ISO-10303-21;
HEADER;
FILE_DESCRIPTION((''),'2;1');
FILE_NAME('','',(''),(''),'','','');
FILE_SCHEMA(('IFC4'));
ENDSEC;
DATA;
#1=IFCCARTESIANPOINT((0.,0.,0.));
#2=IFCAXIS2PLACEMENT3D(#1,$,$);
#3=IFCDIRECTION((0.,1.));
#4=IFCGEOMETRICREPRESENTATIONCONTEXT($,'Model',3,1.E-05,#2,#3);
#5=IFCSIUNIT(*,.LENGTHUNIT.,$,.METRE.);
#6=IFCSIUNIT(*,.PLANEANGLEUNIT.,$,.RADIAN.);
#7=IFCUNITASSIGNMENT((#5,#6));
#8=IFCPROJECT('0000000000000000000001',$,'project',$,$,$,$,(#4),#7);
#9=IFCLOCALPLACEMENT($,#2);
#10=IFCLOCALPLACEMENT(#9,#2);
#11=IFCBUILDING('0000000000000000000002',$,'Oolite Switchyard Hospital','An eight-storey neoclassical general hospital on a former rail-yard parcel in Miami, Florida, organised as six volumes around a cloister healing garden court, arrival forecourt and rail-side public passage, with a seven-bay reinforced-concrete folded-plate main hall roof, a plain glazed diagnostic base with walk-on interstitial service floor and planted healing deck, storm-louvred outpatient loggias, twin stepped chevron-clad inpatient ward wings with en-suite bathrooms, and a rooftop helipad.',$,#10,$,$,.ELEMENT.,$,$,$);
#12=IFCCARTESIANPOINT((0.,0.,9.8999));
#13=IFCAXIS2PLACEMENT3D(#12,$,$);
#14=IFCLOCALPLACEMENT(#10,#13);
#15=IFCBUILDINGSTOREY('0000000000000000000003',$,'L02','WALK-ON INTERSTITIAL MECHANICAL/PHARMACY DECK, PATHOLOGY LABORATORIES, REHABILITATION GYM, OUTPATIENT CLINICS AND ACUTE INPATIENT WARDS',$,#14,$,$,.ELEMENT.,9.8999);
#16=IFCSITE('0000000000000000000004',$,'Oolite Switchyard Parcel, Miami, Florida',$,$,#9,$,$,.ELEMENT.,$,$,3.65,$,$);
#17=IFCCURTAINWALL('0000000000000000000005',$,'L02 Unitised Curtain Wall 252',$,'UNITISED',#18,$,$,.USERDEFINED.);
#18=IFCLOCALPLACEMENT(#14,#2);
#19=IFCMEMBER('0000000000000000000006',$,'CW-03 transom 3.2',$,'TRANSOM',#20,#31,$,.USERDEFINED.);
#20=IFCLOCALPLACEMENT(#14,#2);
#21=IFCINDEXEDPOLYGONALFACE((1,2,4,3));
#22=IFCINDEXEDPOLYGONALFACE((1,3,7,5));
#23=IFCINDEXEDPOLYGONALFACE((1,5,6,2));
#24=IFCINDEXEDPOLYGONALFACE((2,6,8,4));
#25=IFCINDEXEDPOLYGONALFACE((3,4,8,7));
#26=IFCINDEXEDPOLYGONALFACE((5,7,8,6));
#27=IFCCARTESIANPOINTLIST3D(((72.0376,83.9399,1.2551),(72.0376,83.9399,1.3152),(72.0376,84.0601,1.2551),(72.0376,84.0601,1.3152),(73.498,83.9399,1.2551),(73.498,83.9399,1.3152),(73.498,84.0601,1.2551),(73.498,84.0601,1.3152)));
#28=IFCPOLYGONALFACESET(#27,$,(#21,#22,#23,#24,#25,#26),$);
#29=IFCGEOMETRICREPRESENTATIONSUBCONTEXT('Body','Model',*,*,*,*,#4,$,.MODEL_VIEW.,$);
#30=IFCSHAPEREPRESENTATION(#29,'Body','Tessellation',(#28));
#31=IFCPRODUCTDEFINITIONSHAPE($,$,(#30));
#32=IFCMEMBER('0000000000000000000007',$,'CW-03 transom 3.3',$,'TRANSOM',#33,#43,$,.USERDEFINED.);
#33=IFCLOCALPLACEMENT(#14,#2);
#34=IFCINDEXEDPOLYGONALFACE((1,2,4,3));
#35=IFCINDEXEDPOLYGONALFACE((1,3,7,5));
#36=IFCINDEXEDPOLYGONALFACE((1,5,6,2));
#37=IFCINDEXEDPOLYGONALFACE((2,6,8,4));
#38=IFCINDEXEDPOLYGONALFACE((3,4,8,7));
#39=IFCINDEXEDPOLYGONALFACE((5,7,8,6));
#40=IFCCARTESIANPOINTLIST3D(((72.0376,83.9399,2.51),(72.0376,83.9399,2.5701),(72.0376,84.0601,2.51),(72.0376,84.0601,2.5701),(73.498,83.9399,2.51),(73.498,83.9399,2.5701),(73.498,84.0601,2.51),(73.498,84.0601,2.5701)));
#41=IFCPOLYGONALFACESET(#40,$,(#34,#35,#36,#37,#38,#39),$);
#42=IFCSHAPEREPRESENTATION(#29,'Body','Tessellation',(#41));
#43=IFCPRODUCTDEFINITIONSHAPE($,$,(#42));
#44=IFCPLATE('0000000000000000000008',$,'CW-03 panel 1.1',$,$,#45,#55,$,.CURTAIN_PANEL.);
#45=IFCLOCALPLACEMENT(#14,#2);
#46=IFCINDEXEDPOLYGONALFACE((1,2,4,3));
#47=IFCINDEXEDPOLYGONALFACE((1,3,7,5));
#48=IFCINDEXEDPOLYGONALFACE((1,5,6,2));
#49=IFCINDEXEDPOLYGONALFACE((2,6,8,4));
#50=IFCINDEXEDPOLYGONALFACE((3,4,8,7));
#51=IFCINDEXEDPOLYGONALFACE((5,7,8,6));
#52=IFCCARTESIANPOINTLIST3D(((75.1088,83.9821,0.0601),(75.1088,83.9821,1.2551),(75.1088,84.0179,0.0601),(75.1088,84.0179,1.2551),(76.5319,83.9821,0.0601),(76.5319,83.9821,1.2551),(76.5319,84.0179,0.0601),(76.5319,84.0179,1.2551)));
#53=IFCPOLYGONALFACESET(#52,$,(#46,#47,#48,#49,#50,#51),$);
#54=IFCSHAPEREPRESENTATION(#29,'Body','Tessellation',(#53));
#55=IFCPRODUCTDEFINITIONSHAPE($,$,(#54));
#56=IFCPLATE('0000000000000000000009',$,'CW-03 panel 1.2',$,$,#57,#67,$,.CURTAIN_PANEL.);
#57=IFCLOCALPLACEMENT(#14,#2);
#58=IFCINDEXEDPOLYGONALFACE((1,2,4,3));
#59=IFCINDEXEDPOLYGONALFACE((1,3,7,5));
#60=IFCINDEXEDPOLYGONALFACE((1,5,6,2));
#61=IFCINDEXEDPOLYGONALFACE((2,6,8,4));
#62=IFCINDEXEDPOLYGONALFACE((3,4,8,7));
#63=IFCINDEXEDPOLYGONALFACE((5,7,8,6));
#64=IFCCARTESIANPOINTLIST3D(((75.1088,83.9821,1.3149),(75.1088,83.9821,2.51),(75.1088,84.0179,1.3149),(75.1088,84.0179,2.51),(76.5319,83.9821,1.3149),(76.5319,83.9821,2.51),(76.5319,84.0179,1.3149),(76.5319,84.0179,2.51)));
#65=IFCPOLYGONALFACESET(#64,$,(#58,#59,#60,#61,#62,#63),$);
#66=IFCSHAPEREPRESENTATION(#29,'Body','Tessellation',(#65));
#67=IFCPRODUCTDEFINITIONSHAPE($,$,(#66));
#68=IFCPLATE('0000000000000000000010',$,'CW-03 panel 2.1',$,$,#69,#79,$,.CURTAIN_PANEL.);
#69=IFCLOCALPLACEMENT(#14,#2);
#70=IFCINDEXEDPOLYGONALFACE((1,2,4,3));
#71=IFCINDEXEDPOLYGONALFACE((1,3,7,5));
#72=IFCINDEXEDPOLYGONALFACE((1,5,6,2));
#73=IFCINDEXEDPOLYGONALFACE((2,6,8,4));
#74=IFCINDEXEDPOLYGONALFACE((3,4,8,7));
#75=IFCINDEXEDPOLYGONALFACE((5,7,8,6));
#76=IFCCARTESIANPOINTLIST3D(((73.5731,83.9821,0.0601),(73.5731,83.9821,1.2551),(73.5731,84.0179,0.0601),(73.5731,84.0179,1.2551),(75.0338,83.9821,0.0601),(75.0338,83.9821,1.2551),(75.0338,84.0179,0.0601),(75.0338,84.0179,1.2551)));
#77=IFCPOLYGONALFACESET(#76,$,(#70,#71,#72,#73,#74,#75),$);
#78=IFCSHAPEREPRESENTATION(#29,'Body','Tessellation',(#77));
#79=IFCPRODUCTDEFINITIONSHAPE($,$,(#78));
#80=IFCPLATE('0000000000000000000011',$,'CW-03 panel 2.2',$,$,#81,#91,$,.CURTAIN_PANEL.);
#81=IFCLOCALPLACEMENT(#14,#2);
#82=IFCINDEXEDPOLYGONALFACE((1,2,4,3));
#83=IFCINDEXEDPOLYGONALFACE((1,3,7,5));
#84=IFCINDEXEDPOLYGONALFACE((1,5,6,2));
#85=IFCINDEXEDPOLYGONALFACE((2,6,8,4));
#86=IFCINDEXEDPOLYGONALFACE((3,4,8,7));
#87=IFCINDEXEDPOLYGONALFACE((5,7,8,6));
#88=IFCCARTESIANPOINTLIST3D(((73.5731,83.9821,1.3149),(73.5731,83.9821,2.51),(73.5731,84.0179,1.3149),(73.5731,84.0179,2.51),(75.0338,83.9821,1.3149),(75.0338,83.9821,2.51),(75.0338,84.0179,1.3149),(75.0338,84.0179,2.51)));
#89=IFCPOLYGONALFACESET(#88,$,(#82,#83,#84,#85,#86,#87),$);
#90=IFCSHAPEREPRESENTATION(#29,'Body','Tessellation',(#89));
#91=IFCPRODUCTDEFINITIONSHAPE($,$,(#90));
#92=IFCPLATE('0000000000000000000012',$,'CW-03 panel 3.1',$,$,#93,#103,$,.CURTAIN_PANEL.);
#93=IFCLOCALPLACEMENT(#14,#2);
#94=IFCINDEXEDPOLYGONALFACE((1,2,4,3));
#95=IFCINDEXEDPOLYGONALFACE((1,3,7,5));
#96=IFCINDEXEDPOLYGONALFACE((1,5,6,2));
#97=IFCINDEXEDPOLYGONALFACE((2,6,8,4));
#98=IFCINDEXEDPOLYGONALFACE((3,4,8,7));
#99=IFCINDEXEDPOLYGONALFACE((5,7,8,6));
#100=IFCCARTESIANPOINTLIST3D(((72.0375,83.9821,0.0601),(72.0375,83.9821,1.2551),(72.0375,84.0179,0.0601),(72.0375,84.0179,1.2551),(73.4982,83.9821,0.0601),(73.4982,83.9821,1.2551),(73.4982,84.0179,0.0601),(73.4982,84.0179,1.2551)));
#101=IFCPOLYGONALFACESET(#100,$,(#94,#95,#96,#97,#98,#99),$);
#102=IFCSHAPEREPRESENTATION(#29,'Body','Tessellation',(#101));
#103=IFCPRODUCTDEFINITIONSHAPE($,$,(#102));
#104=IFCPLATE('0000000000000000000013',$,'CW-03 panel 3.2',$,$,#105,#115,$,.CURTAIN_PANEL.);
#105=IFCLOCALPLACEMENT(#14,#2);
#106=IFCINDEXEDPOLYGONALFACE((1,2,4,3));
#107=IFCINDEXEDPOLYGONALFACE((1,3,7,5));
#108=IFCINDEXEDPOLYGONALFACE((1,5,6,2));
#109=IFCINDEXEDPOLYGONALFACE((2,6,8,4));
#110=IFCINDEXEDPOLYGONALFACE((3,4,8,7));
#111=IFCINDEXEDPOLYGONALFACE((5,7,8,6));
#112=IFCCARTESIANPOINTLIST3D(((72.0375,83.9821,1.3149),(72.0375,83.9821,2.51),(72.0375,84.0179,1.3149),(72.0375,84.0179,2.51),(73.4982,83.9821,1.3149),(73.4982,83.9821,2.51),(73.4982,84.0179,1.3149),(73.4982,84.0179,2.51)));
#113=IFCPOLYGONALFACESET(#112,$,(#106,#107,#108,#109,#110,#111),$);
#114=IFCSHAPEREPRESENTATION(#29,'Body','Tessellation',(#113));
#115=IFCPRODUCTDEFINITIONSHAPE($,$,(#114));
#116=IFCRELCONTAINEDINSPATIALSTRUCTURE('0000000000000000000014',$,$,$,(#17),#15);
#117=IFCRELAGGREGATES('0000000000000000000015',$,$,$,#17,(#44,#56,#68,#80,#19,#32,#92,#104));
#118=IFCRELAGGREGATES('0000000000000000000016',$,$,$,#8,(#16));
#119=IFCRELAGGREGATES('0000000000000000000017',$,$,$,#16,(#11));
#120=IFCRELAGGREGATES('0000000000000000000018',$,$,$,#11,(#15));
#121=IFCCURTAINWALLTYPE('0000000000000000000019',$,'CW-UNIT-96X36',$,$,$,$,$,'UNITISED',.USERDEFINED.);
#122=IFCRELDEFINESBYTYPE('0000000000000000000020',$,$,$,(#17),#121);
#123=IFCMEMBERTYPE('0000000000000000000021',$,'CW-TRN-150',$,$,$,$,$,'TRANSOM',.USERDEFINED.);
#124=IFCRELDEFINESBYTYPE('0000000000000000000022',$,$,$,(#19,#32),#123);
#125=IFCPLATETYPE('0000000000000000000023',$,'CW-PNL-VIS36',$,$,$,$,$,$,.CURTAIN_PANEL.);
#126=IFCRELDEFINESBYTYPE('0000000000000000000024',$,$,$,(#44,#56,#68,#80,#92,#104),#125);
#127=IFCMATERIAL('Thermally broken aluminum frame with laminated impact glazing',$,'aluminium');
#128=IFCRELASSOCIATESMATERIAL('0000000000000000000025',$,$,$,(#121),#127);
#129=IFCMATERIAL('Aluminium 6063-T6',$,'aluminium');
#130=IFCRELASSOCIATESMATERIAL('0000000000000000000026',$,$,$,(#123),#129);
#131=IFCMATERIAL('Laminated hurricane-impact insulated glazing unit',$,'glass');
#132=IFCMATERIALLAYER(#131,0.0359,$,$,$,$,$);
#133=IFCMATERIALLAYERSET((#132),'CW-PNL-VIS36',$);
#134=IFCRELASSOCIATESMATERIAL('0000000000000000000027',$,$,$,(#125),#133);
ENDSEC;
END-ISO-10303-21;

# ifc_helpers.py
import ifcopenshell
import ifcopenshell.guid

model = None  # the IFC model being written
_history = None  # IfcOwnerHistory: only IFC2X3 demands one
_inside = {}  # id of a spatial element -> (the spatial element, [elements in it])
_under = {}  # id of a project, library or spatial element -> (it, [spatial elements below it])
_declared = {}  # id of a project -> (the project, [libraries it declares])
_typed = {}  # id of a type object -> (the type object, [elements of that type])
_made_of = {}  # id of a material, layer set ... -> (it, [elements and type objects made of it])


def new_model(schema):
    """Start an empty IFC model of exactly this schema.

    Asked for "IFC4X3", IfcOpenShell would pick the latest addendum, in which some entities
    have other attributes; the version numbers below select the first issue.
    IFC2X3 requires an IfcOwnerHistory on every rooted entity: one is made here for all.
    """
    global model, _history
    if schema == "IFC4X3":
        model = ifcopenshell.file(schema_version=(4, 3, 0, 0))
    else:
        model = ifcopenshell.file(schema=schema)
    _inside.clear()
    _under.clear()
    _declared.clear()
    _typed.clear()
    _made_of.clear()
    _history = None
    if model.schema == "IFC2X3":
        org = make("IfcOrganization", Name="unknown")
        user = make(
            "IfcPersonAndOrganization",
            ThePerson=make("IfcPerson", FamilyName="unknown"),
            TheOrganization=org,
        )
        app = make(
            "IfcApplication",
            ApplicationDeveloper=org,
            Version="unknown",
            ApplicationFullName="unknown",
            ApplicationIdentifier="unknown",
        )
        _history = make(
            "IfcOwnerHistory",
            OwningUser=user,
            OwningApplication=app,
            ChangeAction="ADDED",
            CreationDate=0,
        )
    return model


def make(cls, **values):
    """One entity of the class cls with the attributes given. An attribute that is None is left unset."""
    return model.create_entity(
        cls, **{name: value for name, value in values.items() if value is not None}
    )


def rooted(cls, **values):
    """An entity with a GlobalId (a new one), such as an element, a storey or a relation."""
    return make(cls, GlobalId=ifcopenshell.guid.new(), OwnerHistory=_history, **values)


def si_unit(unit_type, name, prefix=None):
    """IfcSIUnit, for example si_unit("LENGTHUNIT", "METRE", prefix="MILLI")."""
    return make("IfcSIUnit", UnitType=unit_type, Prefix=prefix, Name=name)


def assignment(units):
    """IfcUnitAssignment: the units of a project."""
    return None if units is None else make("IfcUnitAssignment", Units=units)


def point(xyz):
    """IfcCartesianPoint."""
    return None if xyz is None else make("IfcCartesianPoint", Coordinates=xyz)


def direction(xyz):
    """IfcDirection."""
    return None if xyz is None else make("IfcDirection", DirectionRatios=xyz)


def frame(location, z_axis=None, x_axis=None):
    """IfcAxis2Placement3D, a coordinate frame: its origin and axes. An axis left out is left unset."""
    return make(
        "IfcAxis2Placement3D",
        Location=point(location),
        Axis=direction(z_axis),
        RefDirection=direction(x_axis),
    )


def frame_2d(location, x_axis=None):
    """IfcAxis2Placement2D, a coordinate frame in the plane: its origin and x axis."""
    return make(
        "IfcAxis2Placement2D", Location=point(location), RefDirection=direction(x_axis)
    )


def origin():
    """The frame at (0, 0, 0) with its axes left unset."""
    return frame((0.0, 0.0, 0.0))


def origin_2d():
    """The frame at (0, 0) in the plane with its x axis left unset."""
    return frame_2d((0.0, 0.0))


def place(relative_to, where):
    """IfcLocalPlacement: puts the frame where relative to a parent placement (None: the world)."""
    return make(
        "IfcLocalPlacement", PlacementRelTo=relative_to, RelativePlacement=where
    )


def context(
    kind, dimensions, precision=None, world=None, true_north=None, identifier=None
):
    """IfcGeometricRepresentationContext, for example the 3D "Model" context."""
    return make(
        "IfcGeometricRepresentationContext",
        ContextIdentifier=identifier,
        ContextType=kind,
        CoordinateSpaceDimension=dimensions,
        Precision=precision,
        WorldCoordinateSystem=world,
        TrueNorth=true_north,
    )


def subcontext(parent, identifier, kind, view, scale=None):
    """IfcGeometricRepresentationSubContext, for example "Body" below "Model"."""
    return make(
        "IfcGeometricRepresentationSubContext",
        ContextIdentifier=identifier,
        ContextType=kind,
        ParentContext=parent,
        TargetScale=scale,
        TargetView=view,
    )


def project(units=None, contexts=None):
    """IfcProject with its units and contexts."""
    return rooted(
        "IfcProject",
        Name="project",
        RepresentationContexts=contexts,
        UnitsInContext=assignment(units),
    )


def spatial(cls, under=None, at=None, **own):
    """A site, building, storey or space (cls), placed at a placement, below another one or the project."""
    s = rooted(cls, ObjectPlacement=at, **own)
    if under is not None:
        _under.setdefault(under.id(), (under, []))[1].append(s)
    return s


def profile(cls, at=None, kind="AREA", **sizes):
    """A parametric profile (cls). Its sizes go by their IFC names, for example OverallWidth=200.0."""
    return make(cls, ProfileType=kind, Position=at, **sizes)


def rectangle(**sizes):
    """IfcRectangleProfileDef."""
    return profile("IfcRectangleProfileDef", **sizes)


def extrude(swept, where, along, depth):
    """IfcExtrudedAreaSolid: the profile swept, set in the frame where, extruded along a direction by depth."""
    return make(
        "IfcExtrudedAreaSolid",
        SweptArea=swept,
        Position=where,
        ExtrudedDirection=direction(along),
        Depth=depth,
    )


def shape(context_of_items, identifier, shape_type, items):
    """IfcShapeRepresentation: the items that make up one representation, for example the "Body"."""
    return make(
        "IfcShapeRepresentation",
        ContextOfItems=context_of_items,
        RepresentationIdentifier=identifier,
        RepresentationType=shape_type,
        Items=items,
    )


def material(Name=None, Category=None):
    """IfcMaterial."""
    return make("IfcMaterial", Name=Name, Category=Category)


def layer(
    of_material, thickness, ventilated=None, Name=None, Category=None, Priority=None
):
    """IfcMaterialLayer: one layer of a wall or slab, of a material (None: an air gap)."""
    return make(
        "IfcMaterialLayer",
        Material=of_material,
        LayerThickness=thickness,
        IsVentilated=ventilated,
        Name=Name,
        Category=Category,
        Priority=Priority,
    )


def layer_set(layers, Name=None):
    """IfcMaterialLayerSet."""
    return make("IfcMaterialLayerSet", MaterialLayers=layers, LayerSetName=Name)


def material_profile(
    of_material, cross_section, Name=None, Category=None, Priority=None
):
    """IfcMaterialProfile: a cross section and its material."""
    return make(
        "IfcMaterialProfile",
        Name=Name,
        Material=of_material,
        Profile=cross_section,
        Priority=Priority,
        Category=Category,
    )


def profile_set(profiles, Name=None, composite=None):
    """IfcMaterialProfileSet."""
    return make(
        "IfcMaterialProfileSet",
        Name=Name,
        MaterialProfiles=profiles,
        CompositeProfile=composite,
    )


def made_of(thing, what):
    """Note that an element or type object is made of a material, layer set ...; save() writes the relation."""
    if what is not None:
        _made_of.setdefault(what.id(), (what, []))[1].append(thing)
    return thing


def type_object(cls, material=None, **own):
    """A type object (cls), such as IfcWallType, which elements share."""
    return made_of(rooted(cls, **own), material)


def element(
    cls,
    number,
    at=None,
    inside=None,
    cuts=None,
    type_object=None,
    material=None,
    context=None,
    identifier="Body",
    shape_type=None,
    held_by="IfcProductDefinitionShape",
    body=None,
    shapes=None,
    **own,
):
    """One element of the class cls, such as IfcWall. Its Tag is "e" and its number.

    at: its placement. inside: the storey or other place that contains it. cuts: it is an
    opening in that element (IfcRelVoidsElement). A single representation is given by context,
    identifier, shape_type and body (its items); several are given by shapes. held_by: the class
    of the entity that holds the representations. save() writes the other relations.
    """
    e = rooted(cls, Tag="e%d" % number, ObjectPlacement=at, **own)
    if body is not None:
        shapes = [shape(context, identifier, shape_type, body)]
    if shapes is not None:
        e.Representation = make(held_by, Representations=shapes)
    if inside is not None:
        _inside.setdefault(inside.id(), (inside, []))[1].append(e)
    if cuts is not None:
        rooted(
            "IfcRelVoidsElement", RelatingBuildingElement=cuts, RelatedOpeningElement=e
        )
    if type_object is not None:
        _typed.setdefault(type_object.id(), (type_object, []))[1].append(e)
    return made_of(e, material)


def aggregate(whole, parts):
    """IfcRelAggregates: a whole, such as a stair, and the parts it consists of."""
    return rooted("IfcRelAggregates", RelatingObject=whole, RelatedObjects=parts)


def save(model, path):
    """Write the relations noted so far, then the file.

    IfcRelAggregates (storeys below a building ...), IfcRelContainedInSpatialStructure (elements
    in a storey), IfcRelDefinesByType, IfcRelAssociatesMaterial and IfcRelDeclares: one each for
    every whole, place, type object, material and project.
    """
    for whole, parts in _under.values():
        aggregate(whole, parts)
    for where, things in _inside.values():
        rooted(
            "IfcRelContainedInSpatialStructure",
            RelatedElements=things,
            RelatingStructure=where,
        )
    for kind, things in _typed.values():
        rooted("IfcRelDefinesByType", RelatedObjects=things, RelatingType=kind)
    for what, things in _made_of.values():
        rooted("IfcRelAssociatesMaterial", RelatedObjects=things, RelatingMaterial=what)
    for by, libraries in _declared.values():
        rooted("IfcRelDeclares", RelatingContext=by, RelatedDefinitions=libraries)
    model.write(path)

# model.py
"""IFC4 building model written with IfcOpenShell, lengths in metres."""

from ifc_helpers import new_model, si_unit, direction, frame, origin, origin_2d, place, context, subcontext, project, spatial, rectangle, extrude, material, layer, layer_set, material_profile, profile_set, type_object, element, aggregate, save


model = new_model("IFC4")

# Units and contexts
model_context = context("Model", 3, precision=1e-05, world=origin(), true_north=direction((0.0, 1.0)))
body_context = subcontext(model_context, "Body", "Model", "MODEL_VIEW")
ifc_project = project(units=[si_unit("LENGTHUNIT", "METRE"), si_unit("PLANEANGLEUNIT", "RADIAN")], contexts=[model_context])

# Site, building, storey
site_placement = place(None, origin())
site = spatial("IfcSite", under=ifc_project, at=site_placement, Name="Oolite Switchyard Parcel, Miami, Florida", CompositionType="ELEMENT", RefElevation=3.65)
building_placement = place(site_placement, origin())
building = spatial("IfcBuilding", under=site, at=building_placement, Name="Oolite Switchyard Hospital", Description="An eight-storey neoclassical general hospital on a former rail-yard parcel in Miami, Florida, organised as six volumes around a cloister healing garden court, arrival forecourt and rail-side public passage, with a seven-bay reinforced-concrete folded-plate main hall roof, a plain glazed diagnostic base with walk-on interstitial service floor and planted healing deck, storm-louvred outpatient loggias, twin stepped chevron-clad inpatient ward wings with en-suite bathrooms, and a rooftop helipad.", CompositionType="ELEMENT")
storey_placement = place(building_placement, frame((0.0, 0.0, 9.8999)))
storey = spatial("IfcBuildingStorey", under=building, at=storey_placement, Name="L02", Description="WALK-ON INTERSTITIAL MECHANICAL/PHARMACY DECK, PATHOLOGY LABORATORIES, REHABILITATION GYM, OUTPATIENT CLINICS AND ACUTE INPATIENT WARDS", CompositionType="ELEMENT", Elevation=9.8999)

# Curtain wall, members, plates
ifc_material_1 = material(Name="Thermally broken aluminum frame with laminated impact glazing", Category="aluminium")
curtain_wall_type = type_object("IfcCurtainWallType", Name="CW-UNIT-96X36", ElementType="UNITISED", PredefinedType="USERDEFINED", material=ifc_material_1)
curtain_wall_placement = place(storey_placement, origin())
curtain_wall = element("IfcCurtainWall", 1, at=curtain_wall_placement, inside=storey, type_object=curtain_wall_type, Name="L02 Unitised Curtain Wall 252", ObjectType="UNITISED", PredefinedType="USERDEFINED")
ifc_material_2 = material(Name="Aluminium 6063-T6", Category="aluminium")
ifc_material_profile_1 = material_profile(ifc_material_2, rectangle(XDim=0.1201, YDim=0.0601, at=origin_2d()), Name="CWT60X120")
ifc_profile_set_1 = profile_set([ifc_material_profile_1], Name="Aluminium 6063-T6")
member_type_1 = type_object("IfcMemberType", Name="CW-TRN-150", ElementType="TRANSOM", PredefinedType="USERDEFINED", material=ifc_profile_set_1)
member_1_placement = place(storey_placement, frame((73.498, 84.0, 1.2852), z_axis=(-1.0, 0.0, 0.0), x_axis=(0.0, -1.0, 0.0)))
member_1 = element("IfcMember", 2, at=member_1_placement, type_object=member_type_1, Name="CW-03 transom 3.2", ObjectType="TRANSOM", PredefinedType="USERDEFINED", context=body_context, shape_type="SweptSolid", body=[
    extrude(rectangle(XDim=0.1201, YDim=0.0601, at=origin_2d()), origin(), (0.0, 0.0, 1.0), 1.4604),
])
member_2_placement = place(storey_placement, frame((73.498, 84.0, 2.54), z_axis=(-1.0, 0.0, 0.0), x_axis=(0.0, -1.0, 0.0)))
member_2 = element("IfcMember", 3, at=member_2_placement, type_object=member_type_1, Name="CW-03 transom 3.3", ObjectType="TRANSOM", PredefinedType="USERDEFINED", context=body_context, shape_type="SweptSolid", body=[
    extrude(rectangle(XDim=0.1201, YDim=0.0601, at=origin_2d()), origin(), (0.0, 0.0, 1.0), 1.4604),
])
ifc_material_3 = material(Name="Laminated hurricane-impact insulated glazing unit", Category="glass")
ifc_layer = layer(ifc_material_3, 0.0359)
ifc_layer_set = layer_set([ifc_layer], Name="CW-PNL-VIS36")
plate_type = type_object("IfcPlateType", Name="CW-PNL-VIS36", PredefinedType="CURTAIN_PANEL", material=ifc_layer_set)
plate_1_placement = place(storey_placement, frame((75.8203, 84.0, 0.0601), z_axis=(0.0, 0.0, 1.0), x_axis=(-1.0, 0.0, 0.0)))
plate_1 = element("IfcPlate", 4, at=plate_1_placement, type_object=plate_type, Name="CW-03 panel 1.1", PredefinedType="CURTAIN_PANEL", context=body_context, shape_type="SweptSolid", body=[
    extrude(rectangle(XDim=1.4231, YDim=0.0359, at=origin_2d()), origin(), (0.0, 0.0, 1.0), 1.1951),
])
plate_2_placement = place(storey_placement, frame((75.8203, 84.0, 1.3149), z_axis=(0.0, 0.0, 1.0), x_axis=(-1.0, 0.0, 0.0)))
plate_2 = element("IfcPlate", 5, at=plate_2_placement, type_object=plate_type, Name="CW-03 panel 1.2", PredefinedType="CURTAIN_PANEL", context=body_context, shape_type="SweptSolid", body=[
    extrude(rectangle(XDim=1.4231, YDim=0.0359, at=origin_2d()), origin(), (0.0, 0.0, 1.0), 1.1951),
])
plate_3_placement = place(storey_placement, frame((74.3035, 84.0, 0.0601), z_axis=(0.0, 0.0, 1.0), x_axis=(-1.0, 0.0, 0.0)))
plate_3 = element("IfcPlate", 6, at=plate_3_placement, type_object=plate_type, Name="CW-03 panel 2.1", PredefinedType="CURTAIN_PANEL", context=body_context, shape_type="SweptSolid", body=[
    extrude(rectangle(XDim=1.4607, YDim=0.0359, at=origin_2d()), origin(), (0.0, 0.0, 1.0), 1.1951),
])
plate_4_placement = place(storey_placement, frame((74.3035, 84.0, 1.3149), z_axis=(0.0, 0.0, 1.0), x_axis=(-1.0, 0.0, 0.0)))
plate_4 = element("IfcPlate", 7, at=plate_4_placement, type_object=plate_type, Name="CW-03 panel 2.2", PredefinedType="CURTAIN_PANEL", context=body_context, shape_type="SweptSolid", body=[
    extrude(rectangle(XDim=1.4607, YDim=0.0359, at=origin_2d()), origin(), (0.0, 0.0, 1.0), 1.1951),
])
plate_5_placement = place(storey_placement, frame((72.7678, 84.0, 0.0601), z_axis=(0.0, 0.0, 1.0), x_axis=(-1.0, 0.0, 0.0)))
plate_5 = element("IfcPlate", 8, at=plate_5_placement, type_object=plate_type, Name="CW-03 panel 3.1", PredefinedType="CURTAIN_PANEL", context=body_context, shape_type="SweptSolid", body=[
    extrude(rectangle(XDim=1.4607, YDim=0.0359, at=origin_2d()), origin(), (0.0, 0.0, 1.0), 1.1951),
])
plate_6_placement = place(storey_placement, frame((72.7678, 84.0, 1.3149), z_axis=(0.0, 0.0, 1.0), x_axis=(-1.0, 0.0, 0.0)))
plate_6 = element("IfcPlate", 9, at=plate_6_placement, type_object=plate_type, Name="CW-03 panel 3.2", PredefinedType="CURTAIN_PANEL", context=body_context, shape_type="SweptSolid", body=[
    extrude(rectangle(XDim=1.4607, YDim=0.0359, at=origin_2d()), origin(), (0.0, 0.0, 1.0), 1.1951),
])
aggregate(curtain_wall, [plate_1, plate_2, plate_3, plate_4, member_1, member_2, plate_5, plate_6])

save(model, "model.ifc")
